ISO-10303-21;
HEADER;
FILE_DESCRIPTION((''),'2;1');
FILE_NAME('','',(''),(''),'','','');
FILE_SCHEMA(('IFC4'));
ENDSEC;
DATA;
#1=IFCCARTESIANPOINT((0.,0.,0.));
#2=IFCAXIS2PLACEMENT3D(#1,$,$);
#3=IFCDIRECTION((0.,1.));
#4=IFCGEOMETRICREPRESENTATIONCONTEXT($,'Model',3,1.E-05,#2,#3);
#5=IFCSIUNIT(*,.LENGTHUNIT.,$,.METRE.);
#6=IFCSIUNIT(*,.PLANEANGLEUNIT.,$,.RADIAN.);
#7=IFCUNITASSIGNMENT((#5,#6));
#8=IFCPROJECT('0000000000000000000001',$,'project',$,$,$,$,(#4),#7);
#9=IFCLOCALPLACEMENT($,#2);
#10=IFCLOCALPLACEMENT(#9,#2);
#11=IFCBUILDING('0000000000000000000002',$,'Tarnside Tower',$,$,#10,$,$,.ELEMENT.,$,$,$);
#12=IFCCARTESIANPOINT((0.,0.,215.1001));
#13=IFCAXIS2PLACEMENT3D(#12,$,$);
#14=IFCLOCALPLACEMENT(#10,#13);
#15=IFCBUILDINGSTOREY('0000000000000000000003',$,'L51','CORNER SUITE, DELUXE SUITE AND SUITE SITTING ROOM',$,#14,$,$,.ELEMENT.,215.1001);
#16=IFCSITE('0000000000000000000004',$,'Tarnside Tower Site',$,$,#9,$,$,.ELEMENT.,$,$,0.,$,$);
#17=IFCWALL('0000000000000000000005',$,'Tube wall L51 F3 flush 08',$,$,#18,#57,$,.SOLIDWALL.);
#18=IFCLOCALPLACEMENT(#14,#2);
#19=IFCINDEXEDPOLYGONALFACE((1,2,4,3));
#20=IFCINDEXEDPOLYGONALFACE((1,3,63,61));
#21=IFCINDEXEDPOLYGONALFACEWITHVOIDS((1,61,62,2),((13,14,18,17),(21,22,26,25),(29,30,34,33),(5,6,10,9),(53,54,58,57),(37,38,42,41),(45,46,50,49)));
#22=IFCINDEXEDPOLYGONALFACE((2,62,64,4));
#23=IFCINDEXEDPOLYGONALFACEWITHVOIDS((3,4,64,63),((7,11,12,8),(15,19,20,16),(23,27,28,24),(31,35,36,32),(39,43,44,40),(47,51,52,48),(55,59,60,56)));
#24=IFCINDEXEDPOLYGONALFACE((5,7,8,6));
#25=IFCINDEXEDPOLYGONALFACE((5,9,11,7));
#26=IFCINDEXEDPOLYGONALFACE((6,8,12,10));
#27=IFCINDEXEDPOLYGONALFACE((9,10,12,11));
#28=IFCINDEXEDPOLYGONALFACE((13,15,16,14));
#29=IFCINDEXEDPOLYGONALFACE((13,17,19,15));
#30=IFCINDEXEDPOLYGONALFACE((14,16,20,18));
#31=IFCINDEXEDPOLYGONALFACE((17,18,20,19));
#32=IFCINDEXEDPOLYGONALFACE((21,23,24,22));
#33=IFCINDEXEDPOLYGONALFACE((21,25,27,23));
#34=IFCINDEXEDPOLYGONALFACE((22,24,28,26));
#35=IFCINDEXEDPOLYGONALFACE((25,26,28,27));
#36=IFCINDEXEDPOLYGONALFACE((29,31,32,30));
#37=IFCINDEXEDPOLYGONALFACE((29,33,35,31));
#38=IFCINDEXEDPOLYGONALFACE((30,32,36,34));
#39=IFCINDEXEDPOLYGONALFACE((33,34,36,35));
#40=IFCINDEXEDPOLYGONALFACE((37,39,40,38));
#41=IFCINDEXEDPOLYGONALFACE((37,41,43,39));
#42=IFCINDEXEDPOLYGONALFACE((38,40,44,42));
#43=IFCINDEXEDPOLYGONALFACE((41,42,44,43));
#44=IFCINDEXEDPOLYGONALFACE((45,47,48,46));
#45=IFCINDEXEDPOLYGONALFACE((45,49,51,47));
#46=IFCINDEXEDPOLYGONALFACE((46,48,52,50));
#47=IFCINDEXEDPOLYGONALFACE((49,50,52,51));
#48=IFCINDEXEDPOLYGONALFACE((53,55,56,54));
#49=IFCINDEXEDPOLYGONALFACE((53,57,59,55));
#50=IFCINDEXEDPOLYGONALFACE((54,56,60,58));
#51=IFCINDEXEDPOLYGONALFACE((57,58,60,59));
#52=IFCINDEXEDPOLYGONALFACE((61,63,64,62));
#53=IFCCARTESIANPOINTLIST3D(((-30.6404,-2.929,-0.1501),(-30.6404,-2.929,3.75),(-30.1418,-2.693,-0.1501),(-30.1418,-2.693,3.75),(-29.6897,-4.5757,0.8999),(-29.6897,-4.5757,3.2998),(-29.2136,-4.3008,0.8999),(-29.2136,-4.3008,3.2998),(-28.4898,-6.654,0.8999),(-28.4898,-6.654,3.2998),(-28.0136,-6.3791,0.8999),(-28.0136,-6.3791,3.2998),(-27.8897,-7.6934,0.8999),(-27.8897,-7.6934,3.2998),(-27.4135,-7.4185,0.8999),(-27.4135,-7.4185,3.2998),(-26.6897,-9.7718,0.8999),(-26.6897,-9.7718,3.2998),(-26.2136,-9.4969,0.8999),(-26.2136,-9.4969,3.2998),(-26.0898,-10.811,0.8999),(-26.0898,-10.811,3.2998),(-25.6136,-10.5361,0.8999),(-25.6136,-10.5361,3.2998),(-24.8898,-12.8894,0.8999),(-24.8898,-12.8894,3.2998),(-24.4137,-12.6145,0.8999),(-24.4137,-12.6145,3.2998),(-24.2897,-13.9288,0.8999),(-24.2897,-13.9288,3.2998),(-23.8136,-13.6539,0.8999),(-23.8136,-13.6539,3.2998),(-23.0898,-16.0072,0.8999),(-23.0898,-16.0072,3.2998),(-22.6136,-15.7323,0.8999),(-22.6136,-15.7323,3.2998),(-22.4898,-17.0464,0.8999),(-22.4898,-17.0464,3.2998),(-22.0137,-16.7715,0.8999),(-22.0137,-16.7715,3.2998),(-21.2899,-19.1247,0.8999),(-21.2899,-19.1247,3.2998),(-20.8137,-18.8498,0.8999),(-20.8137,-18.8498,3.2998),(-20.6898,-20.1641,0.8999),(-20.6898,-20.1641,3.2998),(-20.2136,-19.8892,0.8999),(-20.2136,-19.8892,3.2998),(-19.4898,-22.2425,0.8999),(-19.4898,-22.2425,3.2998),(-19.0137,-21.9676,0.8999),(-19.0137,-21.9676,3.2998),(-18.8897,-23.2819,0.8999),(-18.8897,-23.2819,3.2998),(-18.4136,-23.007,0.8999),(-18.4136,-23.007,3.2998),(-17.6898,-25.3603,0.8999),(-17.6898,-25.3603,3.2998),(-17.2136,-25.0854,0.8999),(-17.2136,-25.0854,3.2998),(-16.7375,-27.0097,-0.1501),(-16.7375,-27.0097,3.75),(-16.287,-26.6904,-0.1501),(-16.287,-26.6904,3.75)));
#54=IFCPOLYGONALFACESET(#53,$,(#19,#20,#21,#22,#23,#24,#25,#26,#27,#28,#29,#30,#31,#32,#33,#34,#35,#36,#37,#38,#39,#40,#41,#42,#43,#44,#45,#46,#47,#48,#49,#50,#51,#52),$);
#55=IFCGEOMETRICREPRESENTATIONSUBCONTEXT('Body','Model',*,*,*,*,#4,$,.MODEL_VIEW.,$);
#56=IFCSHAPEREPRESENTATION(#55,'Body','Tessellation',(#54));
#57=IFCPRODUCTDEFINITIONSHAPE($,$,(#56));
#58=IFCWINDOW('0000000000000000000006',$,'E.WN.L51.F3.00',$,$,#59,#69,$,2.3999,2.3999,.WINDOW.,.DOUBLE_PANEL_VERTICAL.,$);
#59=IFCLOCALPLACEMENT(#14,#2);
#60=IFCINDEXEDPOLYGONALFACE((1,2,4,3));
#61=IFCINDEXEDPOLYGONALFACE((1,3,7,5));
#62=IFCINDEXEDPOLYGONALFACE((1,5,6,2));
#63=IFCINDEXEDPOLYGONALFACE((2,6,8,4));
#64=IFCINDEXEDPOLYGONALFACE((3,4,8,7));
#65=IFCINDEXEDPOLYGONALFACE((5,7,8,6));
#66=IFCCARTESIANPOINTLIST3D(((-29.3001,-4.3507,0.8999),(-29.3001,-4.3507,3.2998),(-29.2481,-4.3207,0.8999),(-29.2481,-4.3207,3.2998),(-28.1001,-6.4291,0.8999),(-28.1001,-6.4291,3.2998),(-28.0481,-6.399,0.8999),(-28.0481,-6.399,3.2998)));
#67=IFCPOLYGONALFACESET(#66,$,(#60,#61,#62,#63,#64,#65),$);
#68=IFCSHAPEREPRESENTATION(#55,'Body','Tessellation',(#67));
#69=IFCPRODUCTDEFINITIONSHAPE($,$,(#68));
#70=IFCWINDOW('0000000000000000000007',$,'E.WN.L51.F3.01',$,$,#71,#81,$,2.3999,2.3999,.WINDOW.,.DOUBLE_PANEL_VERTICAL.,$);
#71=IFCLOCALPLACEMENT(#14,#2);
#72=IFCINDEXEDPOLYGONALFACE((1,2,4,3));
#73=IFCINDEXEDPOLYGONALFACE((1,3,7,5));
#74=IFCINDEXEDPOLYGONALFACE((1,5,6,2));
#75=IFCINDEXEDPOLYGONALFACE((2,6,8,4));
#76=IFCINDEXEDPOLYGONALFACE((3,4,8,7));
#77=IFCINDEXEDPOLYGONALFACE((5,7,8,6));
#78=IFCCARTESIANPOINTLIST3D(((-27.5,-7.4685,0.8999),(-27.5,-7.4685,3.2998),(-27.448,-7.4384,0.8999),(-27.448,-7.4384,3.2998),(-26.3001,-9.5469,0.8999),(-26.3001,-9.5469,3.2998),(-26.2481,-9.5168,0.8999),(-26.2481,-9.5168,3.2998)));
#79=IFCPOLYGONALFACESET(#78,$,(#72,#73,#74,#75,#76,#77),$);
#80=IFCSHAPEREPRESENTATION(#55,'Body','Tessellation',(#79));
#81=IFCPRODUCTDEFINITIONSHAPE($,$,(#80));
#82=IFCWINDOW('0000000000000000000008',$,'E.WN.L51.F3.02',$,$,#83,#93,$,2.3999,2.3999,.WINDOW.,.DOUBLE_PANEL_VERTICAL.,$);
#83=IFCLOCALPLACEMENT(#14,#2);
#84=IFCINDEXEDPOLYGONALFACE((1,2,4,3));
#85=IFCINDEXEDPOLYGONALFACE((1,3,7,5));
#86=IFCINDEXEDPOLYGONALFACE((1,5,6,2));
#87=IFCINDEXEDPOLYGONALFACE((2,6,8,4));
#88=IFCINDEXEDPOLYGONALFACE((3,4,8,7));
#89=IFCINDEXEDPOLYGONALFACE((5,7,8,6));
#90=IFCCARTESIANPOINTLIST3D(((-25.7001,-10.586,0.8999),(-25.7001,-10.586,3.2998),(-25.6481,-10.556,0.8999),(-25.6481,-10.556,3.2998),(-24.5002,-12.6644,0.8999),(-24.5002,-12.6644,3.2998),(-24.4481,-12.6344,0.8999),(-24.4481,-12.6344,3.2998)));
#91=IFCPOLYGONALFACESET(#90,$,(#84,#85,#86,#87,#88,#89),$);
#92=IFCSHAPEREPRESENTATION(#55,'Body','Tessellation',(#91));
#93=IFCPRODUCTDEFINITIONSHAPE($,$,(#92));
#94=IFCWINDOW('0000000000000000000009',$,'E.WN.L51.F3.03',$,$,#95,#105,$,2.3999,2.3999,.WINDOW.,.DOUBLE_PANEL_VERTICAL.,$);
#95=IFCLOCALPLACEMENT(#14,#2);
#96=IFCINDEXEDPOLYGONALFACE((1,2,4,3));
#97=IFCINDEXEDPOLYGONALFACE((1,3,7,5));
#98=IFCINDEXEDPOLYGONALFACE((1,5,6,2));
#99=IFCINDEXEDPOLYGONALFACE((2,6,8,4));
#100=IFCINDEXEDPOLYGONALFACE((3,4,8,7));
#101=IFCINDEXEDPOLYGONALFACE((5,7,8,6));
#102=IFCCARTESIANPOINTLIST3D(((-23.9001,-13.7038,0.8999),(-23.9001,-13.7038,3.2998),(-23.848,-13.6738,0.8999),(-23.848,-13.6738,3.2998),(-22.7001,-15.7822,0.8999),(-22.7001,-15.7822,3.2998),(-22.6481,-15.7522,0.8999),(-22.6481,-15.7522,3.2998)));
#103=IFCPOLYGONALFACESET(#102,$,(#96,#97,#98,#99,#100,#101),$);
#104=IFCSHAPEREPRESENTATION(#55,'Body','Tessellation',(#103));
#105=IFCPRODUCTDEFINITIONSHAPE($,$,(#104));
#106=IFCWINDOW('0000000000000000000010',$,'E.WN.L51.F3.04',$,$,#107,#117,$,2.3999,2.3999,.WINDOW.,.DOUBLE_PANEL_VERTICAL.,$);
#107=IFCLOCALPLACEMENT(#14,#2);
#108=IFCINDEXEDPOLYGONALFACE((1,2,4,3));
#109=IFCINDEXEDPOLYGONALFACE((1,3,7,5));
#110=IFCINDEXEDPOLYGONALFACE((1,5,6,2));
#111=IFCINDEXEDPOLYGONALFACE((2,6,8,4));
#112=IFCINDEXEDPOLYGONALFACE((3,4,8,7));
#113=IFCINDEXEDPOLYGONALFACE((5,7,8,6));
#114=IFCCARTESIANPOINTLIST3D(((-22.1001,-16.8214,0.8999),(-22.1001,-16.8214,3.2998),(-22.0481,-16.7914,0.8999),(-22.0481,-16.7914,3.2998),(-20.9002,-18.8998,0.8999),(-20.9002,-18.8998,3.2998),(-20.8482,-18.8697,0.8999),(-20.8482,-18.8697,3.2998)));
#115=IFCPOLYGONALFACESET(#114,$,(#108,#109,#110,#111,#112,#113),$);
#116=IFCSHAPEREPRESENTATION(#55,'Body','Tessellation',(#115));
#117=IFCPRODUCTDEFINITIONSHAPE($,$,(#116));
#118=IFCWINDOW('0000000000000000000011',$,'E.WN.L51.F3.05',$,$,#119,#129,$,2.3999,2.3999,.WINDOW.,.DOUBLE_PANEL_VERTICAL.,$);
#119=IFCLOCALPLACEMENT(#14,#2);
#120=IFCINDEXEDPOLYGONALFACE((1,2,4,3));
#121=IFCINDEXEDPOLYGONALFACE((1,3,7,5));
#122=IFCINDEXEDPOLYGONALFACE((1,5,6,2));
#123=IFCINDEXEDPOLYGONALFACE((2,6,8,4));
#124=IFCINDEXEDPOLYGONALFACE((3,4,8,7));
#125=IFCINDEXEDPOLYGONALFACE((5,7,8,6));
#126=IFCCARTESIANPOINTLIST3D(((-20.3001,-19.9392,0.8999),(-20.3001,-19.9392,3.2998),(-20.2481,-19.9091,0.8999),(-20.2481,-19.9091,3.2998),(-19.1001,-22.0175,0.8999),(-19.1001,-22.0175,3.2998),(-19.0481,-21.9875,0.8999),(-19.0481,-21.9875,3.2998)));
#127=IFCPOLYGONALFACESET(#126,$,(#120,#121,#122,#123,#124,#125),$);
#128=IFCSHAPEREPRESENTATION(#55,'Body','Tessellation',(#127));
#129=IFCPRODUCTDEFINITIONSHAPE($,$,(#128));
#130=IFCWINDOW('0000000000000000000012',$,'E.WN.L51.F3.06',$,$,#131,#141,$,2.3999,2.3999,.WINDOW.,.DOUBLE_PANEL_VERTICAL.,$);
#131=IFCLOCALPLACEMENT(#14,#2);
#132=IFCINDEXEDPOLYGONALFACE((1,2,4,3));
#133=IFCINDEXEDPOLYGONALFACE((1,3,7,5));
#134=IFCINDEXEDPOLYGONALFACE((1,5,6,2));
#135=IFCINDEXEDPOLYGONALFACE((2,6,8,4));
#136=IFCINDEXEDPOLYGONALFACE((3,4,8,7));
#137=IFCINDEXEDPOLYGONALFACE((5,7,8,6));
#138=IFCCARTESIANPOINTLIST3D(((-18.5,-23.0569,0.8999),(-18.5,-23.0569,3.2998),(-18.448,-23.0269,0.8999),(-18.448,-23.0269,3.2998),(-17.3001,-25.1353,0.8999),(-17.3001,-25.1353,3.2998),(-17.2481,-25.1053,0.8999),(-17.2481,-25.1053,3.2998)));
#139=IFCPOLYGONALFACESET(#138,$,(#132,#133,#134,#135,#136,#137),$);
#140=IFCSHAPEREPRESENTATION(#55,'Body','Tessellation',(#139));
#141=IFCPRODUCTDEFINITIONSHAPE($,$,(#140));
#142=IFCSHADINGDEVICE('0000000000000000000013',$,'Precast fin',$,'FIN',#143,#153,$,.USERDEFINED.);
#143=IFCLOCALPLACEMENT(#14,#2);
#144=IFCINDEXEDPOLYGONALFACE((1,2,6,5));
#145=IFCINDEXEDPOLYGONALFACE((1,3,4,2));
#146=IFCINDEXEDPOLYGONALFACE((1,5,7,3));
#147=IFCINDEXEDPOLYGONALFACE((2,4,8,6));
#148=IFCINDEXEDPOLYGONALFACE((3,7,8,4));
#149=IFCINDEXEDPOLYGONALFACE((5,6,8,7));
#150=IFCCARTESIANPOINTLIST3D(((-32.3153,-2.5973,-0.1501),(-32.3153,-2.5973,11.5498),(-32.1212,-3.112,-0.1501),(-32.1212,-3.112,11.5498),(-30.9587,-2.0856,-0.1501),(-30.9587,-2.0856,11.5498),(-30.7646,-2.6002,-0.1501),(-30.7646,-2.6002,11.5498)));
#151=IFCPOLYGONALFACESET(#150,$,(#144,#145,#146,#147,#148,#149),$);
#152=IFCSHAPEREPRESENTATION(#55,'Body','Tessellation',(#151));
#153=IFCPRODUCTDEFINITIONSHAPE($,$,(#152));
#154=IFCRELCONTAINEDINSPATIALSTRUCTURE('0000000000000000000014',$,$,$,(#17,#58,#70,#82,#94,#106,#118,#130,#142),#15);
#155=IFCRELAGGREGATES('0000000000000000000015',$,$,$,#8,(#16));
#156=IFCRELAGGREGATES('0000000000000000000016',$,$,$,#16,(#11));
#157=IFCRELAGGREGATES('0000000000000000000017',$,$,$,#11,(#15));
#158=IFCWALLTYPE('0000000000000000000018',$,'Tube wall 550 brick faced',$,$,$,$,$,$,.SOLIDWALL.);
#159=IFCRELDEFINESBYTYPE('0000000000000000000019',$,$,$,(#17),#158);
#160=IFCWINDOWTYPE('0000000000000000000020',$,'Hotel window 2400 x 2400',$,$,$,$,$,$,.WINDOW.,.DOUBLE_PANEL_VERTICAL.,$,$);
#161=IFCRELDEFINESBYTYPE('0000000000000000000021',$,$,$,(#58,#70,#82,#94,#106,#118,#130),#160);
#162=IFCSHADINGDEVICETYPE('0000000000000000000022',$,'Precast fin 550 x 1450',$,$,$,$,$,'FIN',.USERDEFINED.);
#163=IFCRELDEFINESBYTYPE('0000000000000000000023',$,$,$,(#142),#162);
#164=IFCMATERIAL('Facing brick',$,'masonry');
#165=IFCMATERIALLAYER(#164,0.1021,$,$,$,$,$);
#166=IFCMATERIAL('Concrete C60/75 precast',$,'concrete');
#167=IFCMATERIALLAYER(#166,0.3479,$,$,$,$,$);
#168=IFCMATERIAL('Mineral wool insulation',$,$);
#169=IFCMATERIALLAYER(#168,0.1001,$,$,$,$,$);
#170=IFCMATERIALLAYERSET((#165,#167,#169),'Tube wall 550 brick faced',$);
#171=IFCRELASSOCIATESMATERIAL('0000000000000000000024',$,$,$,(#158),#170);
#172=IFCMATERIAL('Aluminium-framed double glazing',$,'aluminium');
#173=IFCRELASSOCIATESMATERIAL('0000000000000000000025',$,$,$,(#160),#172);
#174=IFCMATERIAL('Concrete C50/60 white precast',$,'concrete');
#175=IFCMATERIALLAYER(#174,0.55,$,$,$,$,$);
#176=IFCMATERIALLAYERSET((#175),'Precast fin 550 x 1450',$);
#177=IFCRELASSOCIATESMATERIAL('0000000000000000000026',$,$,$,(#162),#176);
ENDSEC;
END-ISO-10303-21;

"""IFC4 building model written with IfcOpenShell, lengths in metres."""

from ifc_helpers import new_model, si_unit, direction, frame, frame_2d, origin, place, context, subcontext, project, spatial, polyline, rectangle, outline, extrude, material, layer, layer_set, type_object, element, fill, save


model = new_model("IFC4")

# Units and contexts
model_context = context("Model", 3, precision=1e-05, world=origin(), true_north=direction((0.0, 1.0)))
body_context = subcontext(model_context, "Body", "Model", "MODEL_VIEW")
ifc_project = project(units=[si_unit("LENGTHUNIT", "METRE"), si_unit("PLANEANGLEUNIT", "RADIAN")], contexts=[model_context])

# Site, building, storey
site_placement = place(None, origin())
site = spatial("IfcSite", under=ifc_project, at=site_placement, Name="Tarnside Tower Site", CompositionType="ELEMENT", RefElevation=0.0)
building_placement = place(site_placement, origin())
building = spatial("IfcBuilding", under=site, at=building_placement, Name="Tarnside Tower", CompositionType="ELEMENT")
storey_placement = place(building_placement, frame((0.0, 0.0, 215.1001)))
storey = spatial("IfcBuildingStorey", under=building, at=storey_placement, Name="L51", Description="CORNER SUITE, DELUXE SUITE AND SUITE SITTING ROOM", CompositionType="ELEMENT", Elevation=215.1001)

# Shared definitions
ifc_material_1 = material(Name="Facing brick", Category="masonry")
ifc_layer_1 = layer(ifc_material_1, 0.1021)
ifc_material_2 = material(Name="Concrete C60/75 precast", Category="concrete")
ifc_layer_2 = layer(ifc_material_2, 0.3479)
ifc_material_3 = material(Name="Mineral wool insulation")
ifc_layer_3 = layer(ifc_material_3, 0.1001)
ifc_layer_set_1 = layer_set([ifc_layer_1, ifc_layer_2, ifc_layer_3], Name="Tube wall 550 brick faced")
wall_type = type_object("IfcWallType", Name="Tube wall 550 brick faced", PredefinedType="SOLIDWALL", material=ifc_layer_set_1)

# Wall, openings, windows
wall_1_placement = place(storey_placement, frame((-30.3911, -2.811, -0.1501), z_axis=(0.0, 0.0, 1.0), x_axis=(0.499999, -0.866026, 0.0)))
wall_1 = element("IfcWall", 1, at=wall_1_placement, inside=storey, type_object=wall_type, Name="Tube wall L51 F3 flush 08", PredefinedType="SOLIDWALL", context=body_context, shape_type="SweptSolid", body=[
    extrude(outline(polyline([(-0.0225, -0.2749), (27.7834, -0.2749), (27.7322, 0.2749), (0.0225, 0.2749), (-0.0225, -0.2749)])), origin(), (0.0, 0.0, 1.0), 3.9001),
])
opening_1_placement = place(wall_1_placement, frame((1.8789, 0.0, 1.05)))
opening_1 = element("IfcOpeningElement", 2, at=opening_1_placement, cuts=wall_1, PredefinedType="OPENING", context=body_context, shape_type="SweptSolid", body=[
    extrude(rectangle(XDim=2.3999, YDim=2.3999, at=frame_2d((1.2, 1.2))), frame((0.0, 0.2852, 0.0), z_axis=(0.0, -1.0, 0.0), x_axis=(1.0, 0.0, 0.0)), (0.0, 0.0, 1.0), 0.5701),
])
opening_2_placement = place(wall_1_placement, frame((5.479, 0.0, 1.05)))
opening_2 = element("IfcOpeningElement", 3, at=opening_2_placement, cuts=wall_1, PredefinedType="OPENING", context=body_context, shape_type="SweptSolid", body=[
    extrude(rectangle(XDim=2.3999, YDim=2.3999, at=frame_2d((1.2, 1.2))), frame((0.0, 0.2852, 0.0), z_axis=(0.0, -1.0, 0.0), x_axis=(1.0, 0.0, 0.0)), (0.0, 0.0, 1.0), 0.5701),
])
opening_3_placement = place(wall_1_placement, frame((9.0789, 0.0, 1.05)))
opening_3 = element("IfcOpeningElement", 4, at=opening_3_placement, cuts=wall_1, PredefinedType="OPENING", context=body_context, shape_type="SweptSolid", body=[
    extrude(rectangle(XDim=2.3999, YDim=2.3999, at=frame_2d((1.2, 1.2))), frame((0.0, 0.2852, 0.0), z_axis=(0.0, -1.0, 0.0), x_axis=(1.0, 0.0, 0.0)), (0.0, 0.0, 1.0), 0.5701),
])
opening_4_placement = place(wall_1_placement, frame((12.679, 0.0, 1.05)))
opening_4 = element("IfcOpeningElement", 5, at=opening_4_placement, cuts=wall_1, PredefinedType="OPENING", context=body_context, shape_type="SweptSolid", body=[
    extrude(rectangle(XDim=2.3999, YDim=2.3999, at=frame_2d((1.2, 1.2))), frame((0.0, 0.2852, 0.0), z_axis=(0.0, -1.0, 0.0), x_axis=(1.0, 0.0, 0.0)), (0.0, 0.0, 1.0), 0.5701),
])
opening_5_placement = place(wall_1_placement, frame((16.2788, 0.0, 1.05)))
opening_5 = element("IfcOpeningElement", 6, at=opening_5_placement, cuts=wall_1, PredefinedType="OPENING", context=body_context, shape_type="SweptSolid", body=[
    extrude(rectangle(XDim=2.3999, YDim=2.3999, at=frame_2d((1.2, 1.2))), frame((0.0, 0.2852, 0.0), z_axis=(0.0, -1.0, 0.0), x_axis=(1.0, 0.0, 0.0)), (0.0, 0.0, 1.0), 0.5701),
])
opening_6_placement = place(wall_1_placement, frame((19.8789, 0.0, 1.05)))
opening_6 = element("IfcOpeningElement", 7, at=opening_6_placement, cuts=wall_1, PredefinedType="OPENING", context=body_context, shape_type="SweptSolid", body=[
    extrude(rectangle(XDim=2.3999, YDim=2.3999, at=frame_2d((1.2, 1.2))), frame((0.0, 0.2852, 0.0), z_axis=(0.0, -1.0, 0.0), x_axis=(1.0, 0.0, 0.0)), (0.0, 0.0, 1.0), 0.5701),
])
opening_7_placement = place(wall_1_placement, frame((23.479, 0.0, 1.05)))
opening_7 = element("IfcOpeningElement", 8, at=opening_7_placement, cuts=wall_1, PredefinedType="OPENING", context=body_context, shape_type="SweptSolid", body=[
    extrude(rectangle(XDim=2.3999, YDim=2.3999, at=frame_2d((1.2, 1.2))), frame((0.0, 0.2852, 0.0), z_axis=(0.0, -1.0, 0.0), x_axis=(1.0, 0.0, 0.0)), (0.0, 0.0, 1.0), 0.5701),
])
ifc_material_4 = material(Name="Aluminium-framed double glazing", Category="aluminium")
window_type = type_object("IfcWindowType", Name="Hotel window 2400 x 2400", PartitioningType="DOUBLE_PANEL_VERTICAL", PredefinedType="WINDOW", material=ifc_material_4)
window_1_placement = place(opening_1_placement, frame((0.0, 0.2051, 0.0)))
window_1 = element("IfcWindow", 9, at=window_1_placement, inside=storey, type_object=window_type, Name="E.WN.L51.F3.00", OverallHeight=2.3999, OverallWidth=2.3999, PartitioningType="DOUBLE_PANEL_VERTICAL", PredefinedType="WINDOW", context=body_context, shape_type="SweptSolid", body=[
    extrude(rectangle(XDim=2.3999, YDim=2.3999, at=frame_2d((1.2, 1.2))), frame((0.0, 0.03, 0.0), z_axis=(0.0, -1.0, 0.0), x_axis=(1.0, 0.0, 0.0)), (0.0, 0.0, 1.0), 0.0601),
])
fill(opening_1, window_1)
window_2_placement = place(opening_2_placement, frame((0.0, 0.2051, 0.0)))
window_2 = element("IfcWindow", 10, at=window_2_placement, inside=storey, type_object=window_type, Name="E.WN.L51.F3.01", OverallHeight=2.3999, OverallWidth=2.3999, PartitioningType="DOUBLE_PANEL_VERTICAL", PredefinedType="WINDOW", context=body_context, shape_type="SweptSolid", body=[
    extrude(rectangle(XDim=2.3999, YDim=2.3999, at=frame_2d((1.2, 1.2))), frame((0.0, 0.03, 0.0), z_axis=(0.0, -1.0, 0.0), x_axis=(1.0, 0.0, 0.0)), (0.0, 0.0, 1.0), 0.0601),
])
fill(opening_2, window_2)
window_3_placement = place(opening_3_placement, frame((0.0, 0.2051, 0.0)))
window_3 = element("IfcWindow", 11, at=window_3_placement, inside=storey, type_object=window_type, Name="E.WN.L51.F3.02", OverallHeight=2.3999, OverallWidth=2.3999, PartitioningType="DOUBLE_PANEL_VERTICAL", PredefinedType="WINDOW", context=body_context, shape_type="SweptSolid", body=[
    extrude(rectangle(XDim=2.3999, YDim=2.3999, at=frame_2d((1.2, 1.2))), frame((0.0, 0.03, 0.0), z_axis=(0.0, -1.0, 0.0), x_axis=(1.0, 0.0, 0.0)), (0.0, 0.0, 1.0), 0.0601),
])
fill(opening_3, window_3)
window_4_placement = place(opening_4_placement, frame((0.0, 0.2051, 0.0)))
window_4 = element("IfcWindow", 12, at=window_4_placement, inside=storey, type_object=window_type, Name="E.WN.L51.F3.03", OverallHeight=2.3999, OverallWidth=2.3999, PartitioningType="DOUBLE_PANEL_VERTICAL", PredefinedType="WINDOW", context=body_context, shape_type="SweptSolid", body=[
    extrude(rectangle(XDim=2.3999, YDim=2.3999, at=frame_2d((1.2, 1.2))), frame((0.0, 0.03, 0.0), z_axis=(0.0, -1.0, 0.0), x_axis=(1.0, 0.0, 0.0)), (0.0, 0.0, 1.0), 0.0601),
])
fill(opening_4, window_4)
window_5_placement = place(opening_5_placement, frame((0.0, 0.2051, 0.0)))
window_5 = element("IfcWindow", 13, at=window_5_placement, inside=storey, type_object=window_type, Name="E.WN.L51.F3.04", OverallHeight=2.3999, OverallWidth=2.3999, PartitioningType="DOUBLE_PANEL_VERTICAL", PredefinedType="WINDOW", context=body_context, shape_type="SweptSolid", body=[
    extrude(rectangle(XDim=2.3999, YDim=2.3999, at=frame_2d((1.2, 1.2))), frame((0.0, 0.03, 0.0), z_axis=(0.0, -1.0, 0.0), x_axis=(1.0, 0.0, 0.0)), (0.0, 0.0, 1.0), 0.0601),
])
fill(opening_5, window_5)
window_6_placement = place(opening_6_placement, frame((0.0, 0.2051, 0.0)))
window_6 = element("IfcWindow", 14, at=window_6_placement, inside=storey, type_object=window_type, Name="E.WN.L51.F3.05", OverallHeight=2.3999, OverallWidth=2.3999, PartitioningType="DOUBLE_PANEL_VERTICAL", PredefinedType="WINDOW", context=body_context, shape_type="SweptSolid", body=[
    extrude(rectangle(XDim=2.3999, YDim=2.3999, at=frame_2d((1.2, 1.2))), frame((0.0, 0.03, 0.0), z_axis=(0.0, -1.0, 0.0), x_axis=(1.0, 0.0, 0.0)), (0.0, 0.0, 1.0), 0.0601),
])
fill(opening_6, window_6)
window_7_placement = place(opening_7_placement, frame((0.0, 0.2051, 0.0)))
window_7 = element("IfcWindow", 15, at=window_7_placement, inside=storey, type_object=window_type, Name="E.WN.L51.F3.06", OverallHeight=2.3999, OverallWidth=2.3999, PartitioningType="DOUBLE_PANEL_VERTICAL", PredefinedType="WINDOW", context=body_context, shape_type="SweptSolid", body=[
    extrude(rectangle(XDim=2.3999, YDim=2.3999, at=frame_2d((1.2, 1.2))), frame((0.0, 0.03, 0.0), z_axis=(0.0, -1.0, 0.0), x_axis=(1.0, 0.0, 0.0)), (0.0, 0.0, 1.0), 0.0601),
])
fill(opening_7, window_7)

# Shading device
ifc_material_5 = material(Name="Concrete C50/60 white precast", Category="concrete")
ifc_layer_4 = layer(ifc_material_5, 0.55)
ifc_layer_set_2 = layer_set([ifc_layer_4], Name="Precast fin 550 x 1450")
shading_device_type_1 = type_object("IfcShadingDeviceType", Name="Precast fin 550 x 1450", ElementType="FIN", PredefinedType="USERDEFINED", material=ifc_layer_set_2)
shading_device_placement = place(storey_placement, frame((-30.8616, -2.343, -0.1501), z_axis=(-0.352931, 0.93565, 0.0), x_axis=(-0.93565, -0.352931, 0.0)))
element("IfcShadingDevice", 16, at=shading_device_placement, inside=storey, type_object=shading_device_type_1, Name="Precast fin", ObjectType="FIN", PredefinedType="USERDEFINED", context=body_context, shape_type="SweptSolid", body=[
    extrude(outline(polyline([(0.0, 0.0), (1.45, 0.0), (1.45, 11.7), (0.0, 11.7), (0.0, 0.0)])), frame((0.0, 0.0, -0.2749)), (0.0, 0.0, 1.0), 0.55),
])

save(model, "model.ifc")
